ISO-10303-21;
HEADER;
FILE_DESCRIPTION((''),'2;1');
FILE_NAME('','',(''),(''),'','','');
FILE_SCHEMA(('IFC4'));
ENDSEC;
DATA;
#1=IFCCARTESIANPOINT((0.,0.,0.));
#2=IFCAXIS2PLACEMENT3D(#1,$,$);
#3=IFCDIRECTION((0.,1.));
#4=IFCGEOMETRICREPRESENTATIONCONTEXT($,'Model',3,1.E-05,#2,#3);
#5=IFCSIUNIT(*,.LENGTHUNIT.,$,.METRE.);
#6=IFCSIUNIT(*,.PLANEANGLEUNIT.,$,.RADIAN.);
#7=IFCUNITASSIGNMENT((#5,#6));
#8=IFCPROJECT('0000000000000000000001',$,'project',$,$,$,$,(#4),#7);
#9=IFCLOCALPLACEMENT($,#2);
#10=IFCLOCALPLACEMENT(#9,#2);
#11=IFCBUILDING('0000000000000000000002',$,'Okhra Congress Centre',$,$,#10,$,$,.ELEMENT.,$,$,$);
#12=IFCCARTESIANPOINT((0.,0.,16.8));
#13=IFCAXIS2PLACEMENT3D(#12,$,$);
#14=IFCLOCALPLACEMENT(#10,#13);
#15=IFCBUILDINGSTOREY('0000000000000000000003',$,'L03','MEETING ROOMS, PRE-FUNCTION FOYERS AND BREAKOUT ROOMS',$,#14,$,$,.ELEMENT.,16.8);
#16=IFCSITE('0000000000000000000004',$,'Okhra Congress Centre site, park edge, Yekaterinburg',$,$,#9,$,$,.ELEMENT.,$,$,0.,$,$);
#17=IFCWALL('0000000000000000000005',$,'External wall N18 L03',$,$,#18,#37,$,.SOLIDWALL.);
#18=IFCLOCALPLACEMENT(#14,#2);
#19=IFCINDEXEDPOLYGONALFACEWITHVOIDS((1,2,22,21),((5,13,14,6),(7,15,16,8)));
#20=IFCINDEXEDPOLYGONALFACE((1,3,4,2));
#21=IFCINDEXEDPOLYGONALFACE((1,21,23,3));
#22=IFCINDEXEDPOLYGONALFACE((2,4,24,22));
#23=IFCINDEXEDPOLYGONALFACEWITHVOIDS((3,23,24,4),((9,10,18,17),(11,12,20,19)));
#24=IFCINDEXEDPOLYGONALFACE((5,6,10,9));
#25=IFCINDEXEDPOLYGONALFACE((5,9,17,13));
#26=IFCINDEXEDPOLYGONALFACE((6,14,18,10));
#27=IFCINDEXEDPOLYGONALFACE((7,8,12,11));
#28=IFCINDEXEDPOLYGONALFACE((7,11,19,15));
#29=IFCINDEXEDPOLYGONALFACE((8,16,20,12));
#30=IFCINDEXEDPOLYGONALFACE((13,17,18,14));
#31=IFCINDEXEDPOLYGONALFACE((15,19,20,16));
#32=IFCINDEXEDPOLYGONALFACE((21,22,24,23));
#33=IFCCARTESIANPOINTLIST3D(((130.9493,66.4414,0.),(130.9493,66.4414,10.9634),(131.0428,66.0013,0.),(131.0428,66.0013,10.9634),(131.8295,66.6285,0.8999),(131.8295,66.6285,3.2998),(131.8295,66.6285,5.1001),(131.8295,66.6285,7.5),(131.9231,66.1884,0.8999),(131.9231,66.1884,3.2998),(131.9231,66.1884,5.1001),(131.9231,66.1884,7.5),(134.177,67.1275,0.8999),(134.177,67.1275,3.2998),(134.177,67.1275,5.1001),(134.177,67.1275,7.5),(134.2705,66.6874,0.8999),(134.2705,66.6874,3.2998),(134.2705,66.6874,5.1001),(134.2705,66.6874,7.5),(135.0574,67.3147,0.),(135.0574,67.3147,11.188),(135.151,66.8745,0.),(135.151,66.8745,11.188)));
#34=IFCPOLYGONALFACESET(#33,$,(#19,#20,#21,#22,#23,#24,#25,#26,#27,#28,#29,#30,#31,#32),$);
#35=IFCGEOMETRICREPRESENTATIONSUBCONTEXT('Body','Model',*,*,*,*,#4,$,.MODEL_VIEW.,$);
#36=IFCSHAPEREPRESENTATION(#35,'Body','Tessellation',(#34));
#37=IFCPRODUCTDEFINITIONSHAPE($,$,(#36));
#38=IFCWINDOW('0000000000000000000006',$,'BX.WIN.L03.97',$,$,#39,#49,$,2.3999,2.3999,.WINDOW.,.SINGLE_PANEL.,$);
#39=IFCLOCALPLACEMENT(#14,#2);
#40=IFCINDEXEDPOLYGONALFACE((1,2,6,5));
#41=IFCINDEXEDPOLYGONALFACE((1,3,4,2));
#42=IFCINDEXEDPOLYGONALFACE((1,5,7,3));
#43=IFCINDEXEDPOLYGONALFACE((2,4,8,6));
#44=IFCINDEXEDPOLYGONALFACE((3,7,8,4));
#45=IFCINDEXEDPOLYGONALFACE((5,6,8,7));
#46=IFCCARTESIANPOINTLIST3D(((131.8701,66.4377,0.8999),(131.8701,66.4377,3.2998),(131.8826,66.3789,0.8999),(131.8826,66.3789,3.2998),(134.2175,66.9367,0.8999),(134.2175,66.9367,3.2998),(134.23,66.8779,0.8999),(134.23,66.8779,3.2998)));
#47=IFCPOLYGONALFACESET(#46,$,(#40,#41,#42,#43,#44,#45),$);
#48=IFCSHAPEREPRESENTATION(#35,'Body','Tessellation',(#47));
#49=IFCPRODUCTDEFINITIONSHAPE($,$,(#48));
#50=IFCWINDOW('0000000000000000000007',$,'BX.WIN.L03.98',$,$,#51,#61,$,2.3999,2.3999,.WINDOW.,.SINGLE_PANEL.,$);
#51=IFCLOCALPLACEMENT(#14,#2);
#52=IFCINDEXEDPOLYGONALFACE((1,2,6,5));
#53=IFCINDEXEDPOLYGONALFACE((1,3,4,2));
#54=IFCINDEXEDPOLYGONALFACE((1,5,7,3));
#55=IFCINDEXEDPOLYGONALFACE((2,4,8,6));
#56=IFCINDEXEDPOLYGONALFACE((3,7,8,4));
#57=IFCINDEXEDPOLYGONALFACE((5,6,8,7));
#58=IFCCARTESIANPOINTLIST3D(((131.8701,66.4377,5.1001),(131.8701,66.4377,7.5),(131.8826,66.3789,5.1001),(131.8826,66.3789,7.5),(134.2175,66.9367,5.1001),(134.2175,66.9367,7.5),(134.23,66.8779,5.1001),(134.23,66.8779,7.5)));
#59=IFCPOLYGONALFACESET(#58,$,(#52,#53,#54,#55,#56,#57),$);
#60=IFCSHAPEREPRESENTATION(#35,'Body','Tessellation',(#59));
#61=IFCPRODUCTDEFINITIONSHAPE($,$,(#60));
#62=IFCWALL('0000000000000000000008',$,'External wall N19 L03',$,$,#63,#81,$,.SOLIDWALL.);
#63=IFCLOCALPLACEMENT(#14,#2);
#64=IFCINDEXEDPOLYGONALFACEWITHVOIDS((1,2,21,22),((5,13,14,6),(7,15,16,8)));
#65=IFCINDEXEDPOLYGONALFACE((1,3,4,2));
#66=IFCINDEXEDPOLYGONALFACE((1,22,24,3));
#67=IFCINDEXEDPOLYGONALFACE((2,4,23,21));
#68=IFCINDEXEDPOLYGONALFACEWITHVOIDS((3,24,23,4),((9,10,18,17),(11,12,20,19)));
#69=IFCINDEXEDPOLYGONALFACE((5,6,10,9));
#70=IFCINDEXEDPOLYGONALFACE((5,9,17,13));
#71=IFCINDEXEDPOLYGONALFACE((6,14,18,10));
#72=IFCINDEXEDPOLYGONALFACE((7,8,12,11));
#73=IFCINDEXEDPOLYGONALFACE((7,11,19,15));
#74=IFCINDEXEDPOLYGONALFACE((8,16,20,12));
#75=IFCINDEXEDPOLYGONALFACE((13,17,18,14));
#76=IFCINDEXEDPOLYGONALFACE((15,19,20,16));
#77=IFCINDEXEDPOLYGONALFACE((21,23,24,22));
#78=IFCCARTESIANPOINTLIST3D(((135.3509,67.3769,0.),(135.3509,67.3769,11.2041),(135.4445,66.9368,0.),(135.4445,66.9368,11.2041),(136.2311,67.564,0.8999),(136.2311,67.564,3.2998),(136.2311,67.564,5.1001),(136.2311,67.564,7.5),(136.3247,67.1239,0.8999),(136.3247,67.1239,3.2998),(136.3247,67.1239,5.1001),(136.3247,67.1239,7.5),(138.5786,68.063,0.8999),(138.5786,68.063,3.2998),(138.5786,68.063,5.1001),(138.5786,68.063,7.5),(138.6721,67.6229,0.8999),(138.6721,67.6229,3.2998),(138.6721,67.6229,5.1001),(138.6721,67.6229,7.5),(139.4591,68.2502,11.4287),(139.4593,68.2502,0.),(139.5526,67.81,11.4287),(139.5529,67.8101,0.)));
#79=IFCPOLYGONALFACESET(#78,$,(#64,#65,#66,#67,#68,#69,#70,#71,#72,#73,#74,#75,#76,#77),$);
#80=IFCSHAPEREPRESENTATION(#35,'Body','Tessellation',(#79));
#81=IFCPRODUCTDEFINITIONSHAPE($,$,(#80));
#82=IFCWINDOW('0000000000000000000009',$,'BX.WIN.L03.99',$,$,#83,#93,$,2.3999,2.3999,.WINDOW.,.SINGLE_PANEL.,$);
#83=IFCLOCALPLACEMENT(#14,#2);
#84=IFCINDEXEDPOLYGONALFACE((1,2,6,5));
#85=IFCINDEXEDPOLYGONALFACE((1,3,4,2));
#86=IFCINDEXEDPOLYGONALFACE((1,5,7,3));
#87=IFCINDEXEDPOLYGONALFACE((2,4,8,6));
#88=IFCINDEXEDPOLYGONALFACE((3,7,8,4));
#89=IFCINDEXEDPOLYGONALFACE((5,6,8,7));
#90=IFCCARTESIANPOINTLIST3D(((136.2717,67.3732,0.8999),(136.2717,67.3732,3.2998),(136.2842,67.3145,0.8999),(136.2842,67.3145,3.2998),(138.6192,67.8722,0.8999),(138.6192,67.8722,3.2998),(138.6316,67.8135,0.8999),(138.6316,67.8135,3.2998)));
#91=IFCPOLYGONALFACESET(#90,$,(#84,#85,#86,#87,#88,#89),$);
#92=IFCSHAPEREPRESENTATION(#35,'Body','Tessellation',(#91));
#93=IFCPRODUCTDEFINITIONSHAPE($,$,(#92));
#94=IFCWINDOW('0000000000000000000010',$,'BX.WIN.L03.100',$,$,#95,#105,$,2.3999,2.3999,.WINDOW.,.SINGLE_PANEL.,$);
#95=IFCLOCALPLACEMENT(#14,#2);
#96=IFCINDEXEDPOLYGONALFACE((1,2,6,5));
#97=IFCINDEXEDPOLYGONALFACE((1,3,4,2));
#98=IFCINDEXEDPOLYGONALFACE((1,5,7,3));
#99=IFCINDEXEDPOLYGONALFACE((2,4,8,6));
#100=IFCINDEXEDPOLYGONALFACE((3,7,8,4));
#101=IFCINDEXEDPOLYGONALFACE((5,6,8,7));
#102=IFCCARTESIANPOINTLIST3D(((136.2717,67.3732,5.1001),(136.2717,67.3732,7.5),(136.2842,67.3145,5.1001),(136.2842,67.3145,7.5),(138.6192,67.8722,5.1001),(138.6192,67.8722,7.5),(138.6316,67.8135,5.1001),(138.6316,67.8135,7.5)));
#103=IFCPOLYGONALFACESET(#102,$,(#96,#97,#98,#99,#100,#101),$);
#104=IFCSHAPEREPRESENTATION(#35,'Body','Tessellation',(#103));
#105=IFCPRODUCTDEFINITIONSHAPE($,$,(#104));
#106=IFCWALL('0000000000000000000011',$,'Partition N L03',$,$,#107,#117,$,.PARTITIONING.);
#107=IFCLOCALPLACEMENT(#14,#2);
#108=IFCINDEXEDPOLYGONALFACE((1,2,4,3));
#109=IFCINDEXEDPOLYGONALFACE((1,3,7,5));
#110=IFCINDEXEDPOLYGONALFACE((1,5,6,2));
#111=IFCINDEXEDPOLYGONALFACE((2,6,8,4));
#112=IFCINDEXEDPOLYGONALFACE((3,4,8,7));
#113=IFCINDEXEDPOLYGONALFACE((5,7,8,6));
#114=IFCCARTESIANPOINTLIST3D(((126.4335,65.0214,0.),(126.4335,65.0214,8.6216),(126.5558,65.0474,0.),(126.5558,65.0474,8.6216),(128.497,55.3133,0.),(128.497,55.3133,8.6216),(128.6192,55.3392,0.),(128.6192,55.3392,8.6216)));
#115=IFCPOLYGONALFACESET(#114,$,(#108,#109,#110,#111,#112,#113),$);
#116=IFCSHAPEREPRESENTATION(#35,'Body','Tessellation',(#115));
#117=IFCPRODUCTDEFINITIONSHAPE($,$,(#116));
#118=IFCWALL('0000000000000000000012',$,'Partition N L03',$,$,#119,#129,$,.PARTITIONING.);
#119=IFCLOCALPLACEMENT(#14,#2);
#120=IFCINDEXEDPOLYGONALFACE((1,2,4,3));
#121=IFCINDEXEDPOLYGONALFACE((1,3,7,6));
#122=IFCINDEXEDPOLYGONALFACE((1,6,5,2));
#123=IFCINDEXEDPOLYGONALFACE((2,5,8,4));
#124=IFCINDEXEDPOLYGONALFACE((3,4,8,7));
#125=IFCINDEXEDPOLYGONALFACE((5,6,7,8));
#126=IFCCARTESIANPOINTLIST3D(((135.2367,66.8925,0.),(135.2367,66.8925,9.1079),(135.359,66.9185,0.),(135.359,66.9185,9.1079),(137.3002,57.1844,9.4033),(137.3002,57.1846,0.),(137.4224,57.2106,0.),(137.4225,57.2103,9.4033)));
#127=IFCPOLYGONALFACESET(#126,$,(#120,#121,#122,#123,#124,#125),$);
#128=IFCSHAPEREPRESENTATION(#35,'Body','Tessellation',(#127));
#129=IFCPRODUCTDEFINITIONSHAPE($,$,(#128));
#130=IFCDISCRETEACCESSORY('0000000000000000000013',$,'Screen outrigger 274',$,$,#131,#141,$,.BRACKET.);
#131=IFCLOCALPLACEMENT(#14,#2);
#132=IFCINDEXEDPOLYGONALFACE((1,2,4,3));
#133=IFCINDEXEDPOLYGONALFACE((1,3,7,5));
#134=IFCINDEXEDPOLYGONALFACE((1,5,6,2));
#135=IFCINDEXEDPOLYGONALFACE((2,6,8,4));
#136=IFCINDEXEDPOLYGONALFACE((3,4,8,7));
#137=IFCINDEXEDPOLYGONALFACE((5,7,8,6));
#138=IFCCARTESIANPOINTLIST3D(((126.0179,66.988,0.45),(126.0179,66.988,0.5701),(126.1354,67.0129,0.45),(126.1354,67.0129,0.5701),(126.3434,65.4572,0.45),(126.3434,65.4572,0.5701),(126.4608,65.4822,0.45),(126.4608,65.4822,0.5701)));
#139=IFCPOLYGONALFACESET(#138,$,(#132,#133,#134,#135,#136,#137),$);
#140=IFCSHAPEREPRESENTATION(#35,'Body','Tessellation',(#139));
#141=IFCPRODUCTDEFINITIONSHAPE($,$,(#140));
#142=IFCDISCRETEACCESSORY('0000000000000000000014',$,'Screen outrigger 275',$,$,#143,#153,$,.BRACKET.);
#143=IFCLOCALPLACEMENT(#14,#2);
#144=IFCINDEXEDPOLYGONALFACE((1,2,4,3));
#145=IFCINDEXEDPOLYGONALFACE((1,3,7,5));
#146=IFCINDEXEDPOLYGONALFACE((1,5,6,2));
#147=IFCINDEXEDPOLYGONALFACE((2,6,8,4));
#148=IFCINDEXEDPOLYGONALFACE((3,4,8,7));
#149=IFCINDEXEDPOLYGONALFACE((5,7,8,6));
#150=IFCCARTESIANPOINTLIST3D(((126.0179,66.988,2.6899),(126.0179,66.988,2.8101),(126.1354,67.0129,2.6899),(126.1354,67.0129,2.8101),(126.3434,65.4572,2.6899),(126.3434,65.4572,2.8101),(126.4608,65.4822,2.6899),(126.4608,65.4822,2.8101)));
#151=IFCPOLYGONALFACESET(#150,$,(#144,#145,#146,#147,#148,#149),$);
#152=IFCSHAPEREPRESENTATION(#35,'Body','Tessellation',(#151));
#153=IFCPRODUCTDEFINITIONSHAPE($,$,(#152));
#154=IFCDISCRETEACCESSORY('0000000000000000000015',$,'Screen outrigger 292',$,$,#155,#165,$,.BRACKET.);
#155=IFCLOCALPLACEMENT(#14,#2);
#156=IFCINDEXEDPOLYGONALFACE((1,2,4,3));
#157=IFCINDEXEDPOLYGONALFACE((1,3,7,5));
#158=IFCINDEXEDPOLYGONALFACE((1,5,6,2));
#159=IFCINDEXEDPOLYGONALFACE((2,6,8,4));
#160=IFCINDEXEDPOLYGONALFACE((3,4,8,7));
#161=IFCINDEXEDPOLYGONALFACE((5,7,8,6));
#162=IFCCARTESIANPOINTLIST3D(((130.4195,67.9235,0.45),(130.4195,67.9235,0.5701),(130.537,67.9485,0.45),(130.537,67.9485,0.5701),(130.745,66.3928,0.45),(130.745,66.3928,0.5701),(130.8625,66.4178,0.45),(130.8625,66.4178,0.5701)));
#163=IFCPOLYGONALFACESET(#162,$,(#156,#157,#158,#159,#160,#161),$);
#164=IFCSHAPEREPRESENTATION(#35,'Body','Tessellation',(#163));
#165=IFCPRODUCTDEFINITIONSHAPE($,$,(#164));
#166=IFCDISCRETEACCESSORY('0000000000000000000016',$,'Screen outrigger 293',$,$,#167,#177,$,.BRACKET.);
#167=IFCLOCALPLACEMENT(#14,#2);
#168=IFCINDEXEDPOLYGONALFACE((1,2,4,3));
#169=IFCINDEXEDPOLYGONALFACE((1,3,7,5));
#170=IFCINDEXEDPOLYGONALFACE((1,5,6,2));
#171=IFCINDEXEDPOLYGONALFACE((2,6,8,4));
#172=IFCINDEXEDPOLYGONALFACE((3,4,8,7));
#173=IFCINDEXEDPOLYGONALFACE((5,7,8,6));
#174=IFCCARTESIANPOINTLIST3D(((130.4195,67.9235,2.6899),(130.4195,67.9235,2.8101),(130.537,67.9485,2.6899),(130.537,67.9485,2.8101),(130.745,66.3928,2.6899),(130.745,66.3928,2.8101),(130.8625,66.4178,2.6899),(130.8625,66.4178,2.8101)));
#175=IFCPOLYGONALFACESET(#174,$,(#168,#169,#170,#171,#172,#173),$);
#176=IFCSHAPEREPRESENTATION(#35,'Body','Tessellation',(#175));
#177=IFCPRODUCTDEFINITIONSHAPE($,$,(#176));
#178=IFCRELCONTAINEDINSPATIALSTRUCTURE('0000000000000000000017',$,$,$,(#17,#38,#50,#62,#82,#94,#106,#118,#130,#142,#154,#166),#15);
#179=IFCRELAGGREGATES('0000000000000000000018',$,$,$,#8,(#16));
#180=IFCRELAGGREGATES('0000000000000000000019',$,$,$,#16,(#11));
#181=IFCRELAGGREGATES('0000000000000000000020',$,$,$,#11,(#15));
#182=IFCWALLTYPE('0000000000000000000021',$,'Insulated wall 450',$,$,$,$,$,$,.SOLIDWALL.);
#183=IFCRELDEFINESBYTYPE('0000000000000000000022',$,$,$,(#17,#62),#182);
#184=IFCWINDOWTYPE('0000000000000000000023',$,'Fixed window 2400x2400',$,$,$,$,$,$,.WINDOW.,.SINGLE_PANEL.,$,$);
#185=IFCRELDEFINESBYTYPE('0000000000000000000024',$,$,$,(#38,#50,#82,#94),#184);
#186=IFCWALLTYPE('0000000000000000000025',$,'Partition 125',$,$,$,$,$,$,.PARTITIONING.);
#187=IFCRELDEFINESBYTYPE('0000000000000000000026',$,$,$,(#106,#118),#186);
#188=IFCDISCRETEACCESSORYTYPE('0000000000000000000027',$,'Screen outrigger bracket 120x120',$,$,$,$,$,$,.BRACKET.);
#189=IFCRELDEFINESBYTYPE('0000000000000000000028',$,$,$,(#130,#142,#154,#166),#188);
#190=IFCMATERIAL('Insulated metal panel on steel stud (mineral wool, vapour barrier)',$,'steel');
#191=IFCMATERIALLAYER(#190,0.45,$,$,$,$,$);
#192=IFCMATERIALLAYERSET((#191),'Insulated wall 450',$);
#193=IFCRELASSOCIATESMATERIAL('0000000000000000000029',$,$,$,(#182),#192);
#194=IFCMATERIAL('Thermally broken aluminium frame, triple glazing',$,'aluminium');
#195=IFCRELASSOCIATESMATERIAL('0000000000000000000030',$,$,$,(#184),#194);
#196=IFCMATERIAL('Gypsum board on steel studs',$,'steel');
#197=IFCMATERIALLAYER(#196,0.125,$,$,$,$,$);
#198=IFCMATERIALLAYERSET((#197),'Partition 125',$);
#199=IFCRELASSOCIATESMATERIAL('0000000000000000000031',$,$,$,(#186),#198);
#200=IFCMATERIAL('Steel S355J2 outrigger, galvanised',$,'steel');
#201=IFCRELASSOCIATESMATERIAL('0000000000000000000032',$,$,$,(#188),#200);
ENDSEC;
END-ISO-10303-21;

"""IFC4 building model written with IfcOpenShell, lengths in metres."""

from ifc_helpers import new_model, si_unit, direction, frame, frame_2d, origin, origin_2d, place, context, subcontext, project, spatial, polyline, rectangle, outline, extrude, material, layer, layer_set, material_profile, profile_set, type_object, element, fill, save


model = new_model("IFC4")

# Units and contexts
model_context = context("Model", 3, precision=1e-05, world=origin(), true_north=direction((0.0, 1.0)))
body_context = subcontext(model_context, "Body", "Model", "MODEL_VIEW")
ifc_project = project(units=[si_unit("LENGTHUNIT", "METRE"), si_unit("PLANEANGLEUNIT", "RADIAN")], contexts=[model_context])

# Site, building, storey
site_placement = place(None, origin())
site = spatial("IfcSite", under=ifc_project, at=site_placement, Name="Okhra Congress Centre site, park edge, Yekaterinburg", CompositionType="ELEMENT", RefElevation=0.0)
building_placement = place(site_placement, origin())
building = spatial("IfcBuilding", under=site, at=building_placement, Name="Okhra Congress Centre", CompositionType="ELEMENT")
storey_placement = place(building_placement, frame((0.0, 0.0, 16.8)))
storey = spatial("IfcBuildingStorey", under=building, at=storey_placement, Name="L03", Description="MEETING ROOMS, PRE-FUNCTION FOYERS AND BREAKOUT ROOMS", CompositionType="ELEMENT", Elevation=16.8)

# Walls, openings, windows
ifc_material_1 = material(Name="Insulated metal panel on steel stud (mineral wool, vapour barrier)", Category="steel")
ifc_layer_1 = layer(ifc_material_1, 0.45)
ifc_layer_set_1 = layer_set([ifc_layer_1], Name="Insulated wall 450")
wall_type_1 = type_object("IfcWallType", Name="Insulated wall 450", PredefinedType="SOLIDWALL", material=ifc_layer_set_1)
ifc_material_2 = material(Name="Thermally broken aluminium frame, triple glazing", Category="aluminium")
window_type = type_object("IfcWindowType", Name="Fixed window 2400x2400", PartitioningType="SINGLE_PANEL", PredefinedType="WINDOW", material=ifc_material_2)
wall_1_placement = place(storey_placement, frame((130.9961, 66.2212, 0.0), z_axis=(0.0, 0.0, 1.0), x_axis=(0.978144, 0.207929, 0.0)))
wall_1 = element("IfcWall", 1, at=wall_1_placement, inside=storey, type_object=wall_type_1, Name="External wall N18 L03", PredefinedType="SOLIDWALL", context=body_context, shape_type="SweptSolid", body=[
    extrude(outline(polyline([(0.0, 0.0), (4.2, 0.0), (4.2, 11.188), (0.0, 10.9634), (0.0, 0.0)])), frame((0.0, 0.2251, 0.0), z_axis=(0.0, -1.0, 0.0), x_axis=(1.0, 0.0, 0.0)), (0.0, 0.0, 1.0), 0.45),
])
opening_1_placement = place(wall_1_placement, frame((0.8999, 0.0, 0.8999)))
opening_1 = element("IfcOpeningElement", 2, at=opening_1_placement, cuts=wall_1, PredefinedType="OPENING", context=body_context, shape_type="SweptSolid", body=[
    extrude(rectangle(XDim=2.3999, YDim=2.3999, at=frame_2d((1.2, 1.2))), frame((0.0, 0.2349, 0.0), z_axis=(0.0, -1.0, 0.0), x_axis=(1.0, 0.0, 0.0)), (0.0, 0.0, 1.0), 0.47),
])
opening_2_placement = place(wall_1_placement, frame((0.8999, 0.0, 5.1001)))
opening_2 = element("IfcOpeningElement", 3, at=opening_2_placement, cuts=wall_1, PredefinedType="OPENING", context=body_context, shape_type="SweptSolid", body=[
    extrude(rectangle(XDim=2.3999, YDim=2.3999, at=frame_2d((1.2, 1.2))), frame((0.0, 0.2349, 0.0), z_axis=(0.0, -1.0, 0.0), x_axis=(1.0, 0.0, 0.0)), (0.0, 0.0, 1.0), 0.47),
])
window_1_placement = place(opening_1_placement, origin())
window_1 = element("IfcWindow", 4, at=window_1_placement, inside=storey, type_object=window_type, Name="BX.WIN.L03.97", OverallHeight=2.3999, OverallWidth=2.3999, PartitioningType="SINGLE_PANEL", PredefinedType="WINDOW", context=body_context, shape_type="SweptSolid", body=[
    extrude(rectangle(XDim=2.3999, YDim=2.3999, at=frame_2d((1.2, 1.2))), frame((0.0, 0.03, 0.0), z_axis=(0.0, -1.0, 0.0), x_axis=(1.0, 0.0, 0.0)), (0.0, 0.0, 1.0), 0.0601),
])
fill(opening_1, window_1)
window_2_placement = place(opening_2_placement, origin())
window_2 = element("IfcWindow", 5, at=window_2_placement, inside=storey, type_object=window_type, Name="BX.WIN.L03.98", OverallHeight=2.3999, OverallWidth=2.3999, PartitioningType="SINGLE_PANEL", PredefinedType="WINDOW", context=body_context, shape_type="SweptSolid", body=[
    extrude(rectangle(XDim=2.3999, YDim=2.3999, at=frame_2d((1.2, 1.2))), frame((0.0, 0.03, 0.0), z_axis=(0.0, -1.0, 0.0), x_axis=(1.0, 0.0, 0.0)), (0.0, 0.0, 1.0), 0.0601),
])
fill(opening_2, window_2)
wall_2_placement = place(storey_placement, frame((135.3977, 67.1567, 0.0), z_axis=(0.0, 0.0, 1.0), x_axis=(0.978146, 0.207917, 0.0)))
wall_2 = element("IfcWall", 6, at=wall_2_placement, inside=storey, type_object=wall_type_1, Name="External wall N19 L03", PredefinedType="SOLIDWALL", context=body_context, shape_type="SweptSolid", body=[
    extrude(outline(polyline([(0.0, 0.0), (4.2002, 0.0), (4.2, 11.4287), (0.0, 11.2041), (0.0, 0.0)])), frame((0.0, 0.2251, 0.0), z_axis=(0.0, -1.0, 0.0), x_axis=(1.0, 0.0, 0.0)), (0.0, 0.0, 1.0), 0.45),
])
opening_3_placement = place(wall_2_placement, frame((0.8999, 0.0, 0.8999)))
opening_3 = element("IfcOpeningElement", 7, at=opening_3_placement, cuts=wall_2, PredefinedType="OPENING", context=body_context, shape_type="SweptSolid", body=[
    extrude(rectangle(XDim=2.3999, YDim=2.3999, at=frame_2d((1.2, 1.2))), frame((0.0, 0.2349, 0.0), z_axis=(0.0, -1.0, 0.0), x_axis=(1.0, 0.0, 0.0)), (0.0, 0.0, 1.0), 0.47),
])
opening_4_placement = place(wall_2_placement, frame((0.8999, 0.0, 5.1001)))
opening_4 = element("IfcOpeningElement", 8, at=opening_4_placement, cuts=wall_2, PredefinedType="OPENING", context=body_context, shape_type="SweptSolid", body=[
    extrude(rectangle(XDim=2.3999, YDim=2.3999, at=frame_2d((1.2, 1.2))), frame((0.0, 0.2349, 0.0), z_axis=(0.0, -1.0, 0.0), x_axis=(1.0, 0.0, 0.0)), (0.0, 0.0, 1.0), 0.47),
])
window_3_placement = place(opening_3_placement, origin())
window_3 = element("IfcWindow", 9, at=window_3_placement, inside=storey, type_object=window_type, Name="BX.WIN.L03.99", OverallHeight=2.3999, OverallWidth=2.3999, PartitioningType="SINGLE_PANEL", PredefinedType="WINDOW", context=body_context, shape_type="SweptSolid", body=[
    extrude(rectangle(XDim=2.3999, YDim=2.3999, at=frame_2d((1.2, 1.2))), frame((0.0, 0.03, 0.0), z_axis=(0.0, -1.0, 0.0), x_axis=(1.0, 0.0, 0.0)), (0.0, 0.0, 1.0), 0.0601),
])
fill(opening_3, window_3)
window_4_placement = place(opening_4_placement, origin())
window_4 = element("IfcWindow", 10, at=window_4_placement, inside=storey, type_object=window_type, Name="BX.WIN.L03.100", OverallHeight=2.3999, OverallWidth=2.3999, PartitioningType="SINGLE_PANEL", PredefinedType="WINDOW", context=body_context, shape_type="SweptSolid", body=[
    extrude(rectangle(XDim=2.3999, YDim=2.3999, at=frame_2d((1.2, 1.2))), frame((0.0, 0.03, 0.0), z_axis=(0.0, -1.0, 0.0), x_axis=(1.0, 0.0, 0.0)), (0.0, 0.0, 1.0), 0.0601),
])
fill(opening_4, window_4)

# Walls
ifc_material_3 = material(Name="Gypsum board on steel studs", Category="steel")
ifc_layer_2 = layer(ifc_material_3, 0.125)
ifc_layer_set_2 = layer_set([ifc_layer_2], Name="Partition 125")
wall_type_2 = type_object("IfcWallType", Name="Partition 125", PredefinedType="PARTITIONING", material=ifc_layer_set_2)
wall_3_placement = place(storey_placement, frame((126.4946, 65.0344, 0.0), z_axis=(0.0, 0.0, 1.0), x_axis=(0.207904, -0.978149, 0.0)))
element("IfcWall", 11, at=wall_3_placement, inside=storey, type_object=wall_type_2, Name="Partition N L03", PredefinedType="PARTITIONING", context=body_context, shape_type="SweptSolid", body=[
    extrude(outline(polyline([(0.0, 0.0), (9.925, 0.0), (9.925, 8.6216), (0.0, 8.6216), (0.0, 0.0)])), frame((0.0, 0.0625, 0.0), z_axis=(0.0, -1.0, 0.0), x_axis=(1.0, 0.0, 0.0)), (0.0, 0.0, 1.0), 0.125),
])
wall_4_placement = place(storey_placement, frame((135.2979, 66.9055, 0.0), z_axis=(0.0, 0.0, 1.0), x_axis=(0.207909, -0.978148, 0.0)))
element("IfcWall", 12, at=wall_4_placement, inside=storey, type_object=wall_type_2, Name="Partition N L03", PredefinedType="PARTITIONING", context=body_context, shape_type="SweptSolid", body=[
    extrude(outline(polyline([(0.0, 0.0), (9.9248, 0.0), (9.925, 9.4033), (0.0, 9.1079), (0.0, 0.0)])), frame((0.0, 0.0625, 0.0), z_axis=(0.0, -1.0, 0.0), x_axis=(1.0, 0.0, 0.0)), (0.0, 0.0, 1.0), 0.125),
])

# Discrete accessories
ifc_material_4 = material(Name="Steel S355J2 outrigger, galvanised", Category="steel")
ifc_material_profile_1 = material_profile(ifc_material_4, rectangle(XDim=0.1201, YDim=0.1201, at=origin_2d()), Name="Screen outrigger bracket 120x120")
ifc_profile_set_1 = profile_set([ifc_material_profile_1], Name="Steel S355J2 outrigger, galvanised")
discrete_accessory_type = type_object("IfcDiscreteAccessoryType", Name="Screen outrigger bracket 120x120", PredefinedType="BRACKET", material=ifc_profile_set_1)
for number, where, z_axis, x_axis, name in (
    (13, (126.4021, 65.4697, 0.51), (-0.207952, 0.978139, 0.0), (-0.978139, -0.207952, 0.0), "Screen outrigger 274"),
    (14, (126.4021, 65.4697, 2.75), (-0.207952, 0.978139, 0.0), (-0.978139, -0.207952, 0.0), "Screen outrigger 275"),
    (15, (130.8037, 66.4053, 0.51), (-0.207952, 0.978139, 0.0), (-0.978139, -0.207952, 0.0), "Screen outrigger 292"),
    (16, (130.8037, 66.4053, 2.75), (-0.207952, 0.978139, 0.0), (-0.978139, -0.207952, 0.0), "Screen outrigger 293"),
):
    element("IfcDiscreteAccessory", number, at=place(storey_placement, frame(where, z_axis=z_axis, x_axis=x_axis)), inside=storey, type_object=discrete_accessory_type, Name=name, PredefinedType="BRACKET", context=body_context, shape_type="SweptSolid", body=[
        extrude(rectangle(XDim=0.1201, YDim=0.1201, at=origin_2d()), origin(), (0.0, 0.0, 1.0), 1.5649),
    ])

save(model, "model.ifc")
